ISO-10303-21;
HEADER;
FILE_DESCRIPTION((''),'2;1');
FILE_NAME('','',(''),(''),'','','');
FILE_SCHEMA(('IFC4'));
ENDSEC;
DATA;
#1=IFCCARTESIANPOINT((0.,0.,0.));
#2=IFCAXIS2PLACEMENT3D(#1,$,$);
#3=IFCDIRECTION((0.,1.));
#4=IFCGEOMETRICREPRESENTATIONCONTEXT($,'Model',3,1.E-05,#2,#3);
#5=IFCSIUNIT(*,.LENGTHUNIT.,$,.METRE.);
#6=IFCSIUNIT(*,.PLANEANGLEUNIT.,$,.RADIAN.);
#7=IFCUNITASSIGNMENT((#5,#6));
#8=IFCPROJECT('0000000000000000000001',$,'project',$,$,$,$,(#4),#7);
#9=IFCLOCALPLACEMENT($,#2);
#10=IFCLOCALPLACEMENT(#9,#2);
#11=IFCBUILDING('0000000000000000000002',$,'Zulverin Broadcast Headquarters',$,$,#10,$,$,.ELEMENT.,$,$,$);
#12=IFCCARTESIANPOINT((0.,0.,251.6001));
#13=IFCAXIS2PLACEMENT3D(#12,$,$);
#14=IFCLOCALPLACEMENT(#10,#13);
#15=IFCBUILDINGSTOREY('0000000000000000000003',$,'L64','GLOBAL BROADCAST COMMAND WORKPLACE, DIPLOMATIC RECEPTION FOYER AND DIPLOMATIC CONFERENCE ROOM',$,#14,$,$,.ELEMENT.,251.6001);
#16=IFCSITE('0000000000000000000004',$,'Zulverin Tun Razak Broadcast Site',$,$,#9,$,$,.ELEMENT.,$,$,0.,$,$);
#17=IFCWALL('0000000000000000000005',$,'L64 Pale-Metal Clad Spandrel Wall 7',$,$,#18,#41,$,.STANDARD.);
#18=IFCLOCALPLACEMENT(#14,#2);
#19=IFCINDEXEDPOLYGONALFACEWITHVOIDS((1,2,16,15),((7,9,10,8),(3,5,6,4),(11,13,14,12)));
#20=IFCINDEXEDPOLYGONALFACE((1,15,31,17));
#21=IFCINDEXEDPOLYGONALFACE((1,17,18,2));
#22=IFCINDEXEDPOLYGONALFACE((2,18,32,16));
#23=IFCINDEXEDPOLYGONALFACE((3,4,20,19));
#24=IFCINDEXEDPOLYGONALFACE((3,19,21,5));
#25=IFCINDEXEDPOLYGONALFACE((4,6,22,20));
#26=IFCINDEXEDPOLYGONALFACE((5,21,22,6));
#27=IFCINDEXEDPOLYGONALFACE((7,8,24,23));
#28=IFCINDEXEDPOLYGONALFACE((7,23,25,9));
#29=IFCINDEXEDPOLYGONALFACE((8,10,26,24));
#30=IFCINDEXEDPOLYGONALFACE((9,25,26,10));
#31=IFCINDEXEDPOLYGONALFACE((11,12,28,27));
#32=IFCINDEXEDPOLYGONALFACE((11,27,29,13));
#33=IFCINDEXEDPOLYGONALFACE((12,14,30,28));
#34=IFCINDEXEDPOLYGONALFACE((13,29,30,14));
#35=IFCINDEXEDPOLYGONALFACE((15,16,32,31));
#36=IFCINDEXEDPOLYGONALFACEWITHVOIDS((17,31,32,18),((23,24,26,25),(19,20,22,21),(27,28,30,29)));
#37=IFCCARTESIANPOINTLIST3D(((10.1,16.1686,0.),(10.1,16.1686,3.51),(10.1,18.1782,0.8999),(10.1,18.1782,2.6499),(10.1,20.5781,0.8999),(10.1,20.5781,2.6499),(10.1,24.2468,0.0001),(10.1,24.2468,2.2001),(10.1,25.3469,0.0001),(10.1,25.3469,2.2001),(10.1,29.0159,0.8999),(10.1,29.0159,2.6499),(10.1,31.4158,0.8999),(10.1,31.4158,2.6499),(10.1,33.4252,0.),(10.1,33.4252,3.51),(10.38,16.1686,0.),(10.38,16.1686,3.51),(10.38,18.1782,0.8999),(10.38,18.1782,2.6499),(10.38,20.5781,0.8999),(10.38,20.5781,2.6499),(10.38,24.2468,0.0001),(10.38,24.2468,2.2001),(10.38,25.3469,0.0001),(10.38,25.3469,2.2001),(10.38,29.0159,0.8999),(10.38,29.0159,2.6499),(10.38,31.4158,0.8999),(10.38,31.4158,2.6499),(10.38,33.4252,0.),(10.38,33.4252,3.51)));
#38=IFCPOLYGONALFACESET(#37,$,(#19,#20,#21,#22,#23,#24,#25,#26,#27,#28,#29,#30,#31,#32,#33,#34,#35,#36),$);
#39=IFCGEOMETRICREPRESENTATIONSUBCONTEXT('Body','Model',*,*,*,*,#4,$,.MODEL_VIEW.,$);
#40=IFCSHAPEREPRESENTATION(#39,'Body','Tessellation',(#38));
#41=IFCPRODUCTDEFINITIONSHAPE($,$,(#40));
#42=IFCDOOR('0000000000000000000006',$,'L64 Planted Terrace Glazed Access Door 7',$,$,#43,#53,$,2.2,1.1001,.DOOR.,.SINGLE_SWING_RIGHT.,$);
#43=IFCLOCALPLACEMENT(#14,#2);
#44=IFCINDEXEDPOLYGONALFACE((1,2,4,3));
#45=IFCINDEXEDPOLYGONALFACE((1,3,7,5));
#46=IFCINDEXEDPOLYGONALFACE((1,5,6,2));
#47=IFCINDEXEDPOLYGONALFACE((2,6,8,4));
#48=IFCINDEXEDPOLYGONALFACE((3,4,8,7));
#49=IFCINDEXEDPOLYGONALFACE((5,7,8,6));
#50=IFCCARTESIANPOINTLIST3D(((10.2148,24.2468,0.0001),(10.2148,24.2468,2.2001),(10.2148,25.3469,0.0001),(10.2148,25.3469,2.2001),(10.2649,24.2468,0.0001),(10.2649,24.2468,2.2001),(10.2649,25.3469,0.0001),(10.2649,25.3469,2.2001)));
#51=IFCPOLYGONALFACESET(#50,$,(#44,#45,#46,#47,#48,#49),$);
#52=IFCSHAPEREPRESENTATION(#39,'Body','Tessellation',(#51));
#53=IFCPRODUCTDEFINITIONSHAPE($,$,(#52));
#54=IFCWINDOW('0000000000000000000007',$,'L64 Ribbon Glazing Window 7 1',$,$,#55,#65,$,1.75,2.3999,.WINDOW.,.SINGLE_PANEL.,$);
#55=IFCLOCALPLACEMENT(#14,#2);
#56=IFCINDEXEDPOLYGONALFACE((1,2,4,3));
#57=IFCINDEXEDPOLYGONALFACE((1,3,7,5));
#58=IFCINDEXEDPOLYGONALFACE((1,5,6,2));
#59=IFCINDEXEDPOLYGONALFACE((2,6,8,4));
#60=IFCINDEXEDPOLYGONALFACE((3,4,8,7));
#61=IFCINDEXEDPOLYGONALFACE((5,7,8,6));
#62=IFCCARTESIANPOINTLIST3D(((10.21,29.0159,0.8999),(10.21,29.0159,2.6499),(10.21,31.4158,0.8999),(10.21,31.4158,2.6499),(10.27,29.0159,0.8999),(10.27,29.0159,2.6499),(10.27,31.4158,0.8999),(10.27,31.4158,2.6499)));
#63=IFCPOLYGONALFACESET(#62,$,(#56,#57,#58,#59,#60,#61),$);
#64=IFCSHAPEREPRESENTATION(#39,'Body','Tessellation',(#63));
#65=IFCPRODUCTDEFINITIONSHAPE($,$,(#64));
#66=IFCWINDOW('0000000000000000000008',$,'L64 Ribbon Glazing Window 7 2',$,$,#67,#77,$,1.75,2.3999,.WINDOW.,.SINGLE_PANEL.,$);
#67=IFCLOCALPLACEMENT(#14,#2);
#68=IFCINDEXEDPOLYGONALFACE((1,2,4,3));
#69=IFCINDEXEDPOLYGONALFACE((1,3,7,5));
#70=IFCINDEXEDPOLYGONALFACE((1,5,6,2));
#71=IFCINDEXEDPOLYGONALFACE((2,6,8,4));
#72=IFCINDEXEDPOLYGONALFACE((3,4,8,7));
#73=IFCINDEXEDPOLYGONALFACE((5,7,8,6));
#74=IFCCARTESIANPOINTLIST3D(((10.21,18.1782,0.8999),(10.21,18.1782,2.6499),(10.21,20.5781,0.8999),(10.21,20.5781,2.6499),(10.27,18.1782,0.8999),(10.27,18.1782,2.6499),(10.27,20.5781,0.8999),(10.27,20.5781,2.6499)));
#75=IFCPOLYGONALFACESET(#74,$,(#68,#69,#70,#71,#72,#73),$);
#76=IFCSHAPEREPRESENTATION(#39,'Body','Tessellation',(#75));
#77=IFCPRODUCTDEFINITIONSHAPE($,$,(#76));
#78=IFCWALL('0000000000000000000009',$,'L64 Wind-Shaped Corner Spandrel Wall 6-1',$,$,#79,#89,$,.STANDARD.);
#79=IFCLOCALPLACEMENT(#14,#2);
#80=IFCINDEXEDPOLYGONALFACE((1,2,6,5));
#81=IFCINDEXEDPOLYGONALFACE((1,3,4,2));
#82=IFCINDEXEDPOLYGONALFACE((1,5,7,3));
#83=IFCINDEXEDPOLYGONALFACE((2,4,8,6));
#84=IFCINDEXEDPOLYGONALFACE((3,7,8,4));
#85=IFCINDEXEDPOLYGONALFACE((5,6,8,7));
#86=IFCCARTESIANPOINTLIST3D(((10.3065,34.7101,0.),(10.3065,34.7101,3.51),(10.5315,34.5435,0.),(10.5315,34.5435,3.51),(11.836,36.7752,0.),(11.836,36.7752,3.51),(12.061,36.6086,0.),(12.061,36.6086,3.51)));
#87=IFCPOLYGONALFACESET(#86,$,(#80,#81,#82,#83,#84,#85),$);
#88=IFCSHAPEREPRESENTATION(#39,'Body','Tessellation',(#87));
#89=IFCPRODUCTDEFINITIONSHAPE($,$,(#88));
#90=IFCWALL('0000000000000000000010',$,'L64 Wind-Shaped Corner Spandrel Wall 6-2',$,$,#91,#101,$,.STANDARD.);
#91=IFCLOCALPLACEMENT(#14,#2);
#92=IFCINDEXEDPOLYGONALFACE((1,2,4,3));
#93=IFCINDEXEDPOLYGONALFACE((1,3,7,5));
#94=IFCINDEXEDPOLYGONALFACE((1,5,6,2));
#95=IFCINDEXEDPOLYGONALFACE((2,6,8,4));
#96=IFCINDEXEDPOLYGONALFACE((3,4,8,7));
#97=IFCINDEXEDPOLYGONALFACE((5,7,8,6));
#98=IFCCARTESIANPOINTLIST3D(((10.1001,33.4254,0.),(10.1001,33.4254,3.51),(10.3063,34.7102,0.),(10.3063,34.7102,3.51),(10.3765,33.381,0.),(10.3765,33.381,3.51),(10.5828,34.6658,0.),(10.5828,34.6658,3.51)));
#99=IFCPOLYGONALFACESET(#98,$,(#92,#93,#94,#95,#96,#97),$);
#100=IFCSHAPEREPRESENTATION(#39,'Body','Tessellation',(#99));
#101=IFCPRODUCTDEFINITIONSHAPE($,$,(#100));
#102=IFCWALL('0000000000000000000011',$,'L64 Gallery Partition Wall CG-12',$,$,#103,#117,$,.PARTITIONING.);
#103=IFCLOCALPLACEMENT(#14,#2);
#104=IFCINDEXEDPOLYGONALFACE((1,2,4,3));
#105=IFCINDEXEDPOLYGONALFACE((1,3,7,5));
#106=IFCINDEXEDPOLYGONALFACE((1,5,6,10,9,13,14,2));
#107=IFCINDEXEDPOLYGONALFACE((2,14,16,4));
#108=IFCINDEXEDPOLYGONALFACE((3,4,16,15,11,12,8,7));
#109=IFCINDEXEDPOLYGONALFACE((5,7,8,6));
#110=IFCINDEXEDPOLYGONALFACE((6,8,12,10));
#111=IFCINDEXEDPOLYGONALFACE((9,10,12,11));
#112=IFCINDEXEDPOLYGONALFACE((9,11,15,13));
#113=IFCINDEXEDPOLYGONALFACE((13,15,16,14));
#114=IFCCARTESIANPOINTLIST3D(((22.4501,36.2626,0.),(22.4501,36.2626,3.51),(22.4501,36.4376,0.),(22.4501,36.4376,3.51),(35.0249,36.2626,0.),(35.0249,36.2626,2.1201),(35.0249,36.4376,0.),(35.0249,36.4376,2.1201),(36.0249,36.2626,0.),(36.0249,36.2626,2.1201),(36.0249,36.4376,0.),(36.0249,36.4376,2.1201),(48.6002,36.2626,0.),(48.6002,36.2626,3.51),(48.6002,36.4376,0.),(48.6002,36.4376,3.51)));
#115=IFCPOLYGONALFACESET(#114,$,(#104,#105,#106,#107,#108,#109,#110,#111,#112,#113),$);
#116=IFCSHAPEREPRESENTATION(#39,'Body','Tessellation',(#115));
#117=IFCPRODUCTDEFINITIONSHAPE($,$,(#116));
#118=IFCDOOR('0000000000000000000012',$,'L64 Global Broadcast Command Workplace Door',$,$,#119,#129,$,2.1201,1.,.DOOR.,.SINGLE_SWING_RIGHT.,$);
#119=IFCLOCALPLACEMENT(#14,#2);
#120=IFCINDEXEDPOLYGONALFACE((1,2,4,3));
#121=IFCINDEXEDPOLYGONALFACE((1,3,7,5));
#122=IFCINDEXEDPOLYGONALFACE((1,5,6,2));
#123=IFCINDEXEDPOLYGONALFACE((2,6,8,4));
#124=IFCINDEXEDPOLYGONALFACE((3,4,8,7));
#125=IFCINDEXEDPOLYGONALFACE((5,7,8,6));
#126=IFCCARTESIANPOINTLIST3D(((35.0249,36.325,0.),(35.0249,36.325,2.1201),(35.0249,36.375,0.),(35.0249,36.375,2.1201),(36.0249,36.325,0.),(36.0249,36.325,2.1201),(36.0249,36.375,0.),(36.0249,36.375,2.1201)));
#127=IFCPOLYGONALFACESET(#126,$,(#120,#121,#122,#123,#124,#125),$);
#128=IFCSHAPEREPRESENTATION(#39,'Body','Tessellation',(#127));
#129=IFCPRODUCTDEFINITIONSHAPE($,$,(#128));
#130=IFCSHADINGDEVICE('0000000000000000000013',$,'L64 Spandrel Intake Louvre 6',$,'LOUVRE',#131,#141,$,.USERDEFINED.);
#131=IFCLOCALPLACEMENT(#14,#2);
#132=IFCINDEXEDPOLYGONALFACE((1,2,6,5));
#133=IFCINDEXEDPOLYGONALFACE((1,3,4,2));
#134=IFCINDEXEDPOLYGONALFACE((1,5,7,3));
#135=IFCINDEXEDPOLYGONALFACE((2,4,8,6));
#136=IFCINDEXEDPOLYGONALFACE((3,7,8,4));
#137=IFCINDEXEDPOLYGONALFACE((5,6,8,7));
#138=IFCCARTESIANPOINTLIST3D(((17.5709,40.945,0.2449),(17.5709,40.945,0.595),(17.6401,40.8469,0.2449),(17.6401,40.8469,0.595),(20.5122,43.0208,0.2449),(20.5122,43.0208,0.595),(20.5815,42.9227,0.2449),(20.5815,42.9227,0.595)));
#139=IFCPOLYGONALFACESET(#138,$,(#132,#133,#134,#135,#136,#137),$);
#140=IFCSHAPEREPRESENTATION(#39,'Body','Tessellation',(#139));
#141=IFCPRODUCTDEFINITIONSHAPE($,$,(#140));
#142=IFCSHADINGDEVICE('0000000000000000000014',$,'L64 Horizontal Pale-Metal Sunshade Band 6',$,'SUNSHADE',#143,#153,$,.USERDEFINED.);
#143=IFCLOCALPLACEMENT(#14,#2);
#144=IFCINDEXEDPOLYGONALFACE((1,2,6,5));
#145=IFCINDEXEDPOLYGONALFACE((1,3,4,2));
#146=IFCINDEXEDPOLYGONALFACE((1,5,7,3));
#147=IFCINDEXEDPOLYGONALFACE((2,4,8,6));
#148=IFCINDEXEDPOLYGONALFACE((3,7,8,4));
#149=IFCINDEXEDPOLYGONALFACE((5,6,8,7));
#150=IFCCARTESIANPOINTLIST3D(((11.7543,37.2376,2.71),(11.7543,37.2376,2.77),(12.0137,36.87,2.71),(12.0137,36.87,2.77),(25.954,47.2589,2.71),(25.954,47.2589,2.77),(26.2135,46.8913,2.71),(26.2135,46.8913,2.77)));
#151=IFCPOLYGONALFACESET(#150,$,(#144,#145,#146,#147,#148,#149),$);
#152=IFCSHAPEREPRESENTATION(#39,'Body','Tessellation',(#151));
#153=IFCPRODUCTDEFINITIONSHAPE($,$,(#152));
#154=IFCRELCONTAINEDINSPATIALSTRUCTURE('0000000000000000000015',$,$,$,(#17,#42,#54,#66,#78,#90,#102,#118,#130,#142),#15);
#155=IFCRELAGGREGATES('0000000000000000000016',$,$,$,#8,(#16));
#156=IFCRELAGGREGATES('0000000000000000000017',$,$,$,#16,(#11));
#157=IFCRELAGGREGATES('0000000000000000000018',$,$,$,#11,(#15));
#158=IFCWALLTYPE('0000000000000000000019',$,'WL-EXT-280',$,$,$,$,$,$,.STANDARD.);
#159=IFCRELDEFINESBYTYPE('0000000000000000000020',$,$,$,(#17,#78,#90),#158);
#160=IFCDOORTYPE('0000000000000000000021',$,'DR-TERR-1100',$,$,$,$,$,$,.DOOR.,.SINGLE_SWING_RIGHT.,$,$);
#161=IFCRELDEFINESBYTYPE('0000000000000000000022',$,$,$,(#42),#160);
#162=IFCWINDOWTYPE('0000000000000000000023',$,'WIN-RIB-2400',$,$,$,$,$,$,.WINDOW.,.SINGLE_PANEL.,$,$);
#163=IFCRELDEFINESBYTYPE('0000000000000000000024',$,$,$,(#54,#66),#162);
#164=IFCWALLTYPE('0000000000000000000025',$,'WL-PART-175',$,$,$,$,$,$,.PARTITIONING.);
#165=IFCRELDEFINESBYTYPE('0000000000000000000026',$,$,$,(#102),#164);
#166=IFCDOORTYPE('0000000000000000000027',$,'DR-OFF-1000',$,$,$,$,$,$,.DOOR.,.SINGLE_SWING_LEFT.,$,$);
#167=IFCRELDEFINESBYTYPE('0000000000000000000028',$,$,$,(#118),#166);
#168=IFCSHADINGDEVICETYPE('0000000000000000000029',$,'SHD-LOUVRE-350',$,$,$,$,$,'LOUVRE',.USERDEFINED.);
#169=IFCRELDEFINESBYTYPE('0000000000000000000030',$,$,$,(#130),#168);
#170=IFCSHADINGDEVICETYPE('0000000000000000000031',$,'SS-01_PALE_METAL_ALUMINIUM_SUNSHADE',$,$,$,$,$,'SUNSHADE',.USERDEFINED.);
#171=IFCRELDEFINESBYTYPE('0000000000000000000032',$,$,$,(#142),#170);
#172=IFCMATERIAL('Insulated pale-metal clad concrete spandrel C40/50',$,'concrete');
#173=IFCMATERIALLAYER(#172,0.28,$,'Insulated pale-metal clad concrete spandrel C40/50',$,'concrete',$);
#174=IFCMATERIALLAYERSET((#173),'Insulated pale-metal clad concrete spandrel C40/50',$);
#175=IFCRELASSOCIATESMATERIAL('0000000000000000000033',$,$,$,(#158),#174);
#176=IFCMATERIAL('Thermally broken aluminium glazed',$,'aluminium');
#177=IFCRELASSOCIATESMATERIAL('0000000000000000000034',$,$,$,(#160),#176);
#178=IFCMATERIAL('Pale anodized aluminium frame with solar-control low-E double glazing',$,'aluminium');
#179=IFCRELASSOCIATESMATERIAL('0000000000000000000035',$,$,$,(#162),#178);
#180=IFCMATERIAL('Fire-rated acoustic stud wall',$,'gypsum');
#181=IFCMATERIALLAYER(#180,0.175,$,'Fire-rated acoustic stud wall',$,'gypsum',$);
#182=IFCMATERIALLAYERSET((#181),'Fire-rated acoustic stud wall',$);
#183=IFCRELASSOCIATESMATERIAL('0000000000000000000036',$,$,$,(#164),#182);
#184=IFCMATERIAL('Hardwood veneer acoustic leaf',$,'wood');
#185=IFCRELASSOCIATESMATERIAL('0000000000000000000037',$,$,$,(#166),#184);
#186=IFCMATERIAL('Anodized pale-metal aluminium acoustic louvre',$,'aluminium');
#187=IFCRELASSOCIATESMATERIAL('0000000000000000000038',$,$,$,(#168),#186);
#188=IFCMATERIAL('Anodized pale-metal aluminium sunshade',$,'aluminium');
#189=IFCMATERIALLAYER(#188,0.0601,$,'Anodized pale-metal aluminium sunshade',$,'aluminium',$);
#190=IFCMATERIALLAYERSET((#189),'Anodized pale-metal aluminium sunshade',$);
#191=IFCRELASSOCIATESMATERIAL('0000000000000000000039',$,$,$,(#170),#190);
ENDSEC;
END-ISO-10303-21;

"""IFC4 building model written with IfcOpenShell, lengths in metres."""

from ifc_helpers import new_model, si_unit, direction, frame, frame_2d, origin, origin_2d, place, context, subcontext, project, spatial, rectangle, extrude, material, layer, layer_set, type_object, element, fill, save


model = new_model("IFC4")

# Units and contexts
model_context = context("Model", 3, precision=1e-05, world=origin(), true_north=direction((0.0, 1.0)))
body_context = subcontext(model_context, "Body", "Model", "MODEL_VIEW")
ifc_project = project(units=[si_unit("LENGTHUNIT", "METRE"), si_unit("PLANEANGLEUNIT", "RADIAN")], contexts=[model_context])

# Site, building, storey
site_placement = place(None, origin())
site = spatial("IfcSite", under=ifc_project, at=site_placement, Name="Zulverin Tun Razak Broadcast Site", CompositionType="ELEMENT", RefElevation=0.0)
building_placement = place(site_placement, origin())
building = spatial("IfcBuilding", under=site, at=building_placement, Name="Zulverin Broadcast Headquarters", CompositionType="ELEMENT")
storey_placement = place(building_placement, frame((0.0, 0.0, 251.6001)))
storey = spatial("IfcBuildingStorey", under=building, at=storey_placement, Name="L64", Description="GLOBAL BROADCAST COMMAND WORKPLACE, DIPLOMATIC RECEPTION FOYER AND DIPLOMATIC CONFERENCE ROOM", CompositionType="ELEMENT", Elevation=251.6001)

# Wall, openings, door, windows
ifc_material_1 = material(Name="Insulated pale-metal clad concrete spandrel C40/50", Category="concrete")
ifc_layer_1 = layer(ifc_material_1, 0.28, Name="Insulated pale-metal clad concrete spandrel C40/50", Category="concrete")
ifc_layer_set_1 = layer_set([ifc_layer_1], Name="Insulated pale-metal clad concrete spandrel C40/50")
wall_type_1 = type_object("IfcWallType", Name="WL-EXT-280", PredefinedType="STANDARD", material=ifc_layer_set_1)
wall_1_placement = place(storey_placement, frame((10.24, 33.4253, 0.0), z_axis=(0.0, 0.0, 1.0), x_axis=(0.0, -1.0, 0.0)))
wall_1 = element("IfcWall", 1, at=wall_1_placement, inside=storey, type_object=wall_type_1, Name="L64 Pale-Metal Clad Spandrel Wall 7", PredefinedType="STANDARD", context=body_context, shape_type="SweptSolid", body=[
    extrude(rectangle(XDim=17.2566, YDim=0.28, at=frame_2d((8.6284, 0.0))), origin(), (0.0, 0.0, 1.0), 3.51),
])
opening_1_placement = place(wall_1_placement, frame((8.0784, 0.0, 0.0)))
opening_1 = element("IfcOpeningElement", 2, at=opening_1_placement, cuts=wall_1, PredefinedType="OPENING", context=body_context, shape_type="SweptSolid", body=[
    extrude(rectangle(XDim=1.1001, YDim=2.2, at=frame_2d((0.55, 1.1001))), frame((0.0, 0.1499, 0.0), z_axis=(0.0, -1.0, 0.0), x_axis=(1.0, 0.0, 0.0)), (0.0, 0.0, 1.0), 0.3),
])
opening_2_placement = place(wall_1_placement, frame((2.0095, 0.0, 0.8999)))
opening_2 = element("IfcOpeningElement", 3, at=opening_2_placement, cuts=wall_1, PredefinedType="OPENING", context=body_context, shape_type="SweptSolid", body=[
    extrude(rectangle(XDim=2.3999, YDim=1.75, at=frame_2d((1.2, 0.875))), frame((0.0, 0.1499, 0.0), z_axis=(0.0, -1.0, 0.0), x_axis=(1.0, 0.0, 0.0)), (0.0, 0.0, 1.0), 0.3),
])
opening_3_placement = place(wall_1_placement, frame((12.8472, 0.0, 0.8999)))
opening_3 = element("IfcOpeningElement", 4, at=opening_3_placement, cuts=wall_1, PredefinedType="OPENING", context=body_context, shape_type="SweptSolid", body=[
    extrude(rectangle(XDim=2.3999, YDim=1.75, at=frame_2d((1.2, 0.875))), frame((0.0, 0.1499, 0.0), z_axis=(0.0, -1.0, 0.0), x_axis=(1.0, 0.0, 0.0)), (0.0, 0.0, 1.0), 0.3),
])
ifc_material_2 = material(Name="Thermally broken aluminium glazed", Category="aluminium")
door_type_1 = type_object("IfcDoorType", Name="DR-TERR-1100", OperationType="SINGLE_SWING_RIGHT", PredefinedType="DOOR", material=ifc_material_2)
door_1_placement = place(opening_1_placement, origin())
door_1 = element("IfcDoor", 5, at=door_1_placement, inside=storey, type_object=door_type_1, Name="L64 Planted Terrace Glazed Access Door 7", OperationType="SINGLE_SWING_RIGHT", OverallHeight=2.2, OverallWidth=1.1001, PredefinedType="DOOR", context=body_context, shape_type="SweptSolid", body=[
    extrude(rectangle(XDim=1.1001, YDim=2.2, at=frame_2d((0.55, 1.1001))), frame((0.0, 0.0249, 0.0), z_axis=(0.0, -1.0, 0.0), x_axis=(1.0, 0.0, 0.0)), (0.0, 0.0, 1.0), 0.05),
])
fill(opening_1, door_1)
ifc_material_3 = material(Name="Pale anodized aluminium frame with solar-control low-E double glazing", Category="aluminium")
window_type = type_object("IfcWindowType", Name="WIN-RIB-2400", PartitioningType="SINGLE_PANEL", PredefinedType="WINDOW", material=ifc_material_3)
window_1_placement = place(opening_2_placement, origin())
window_1 = element("IfcWindow", 6, at=window_1_placement, inside=storey, type_object=window_type, Name="L64 Ribbon Glazing Window 7 1", OverallHeight=1.75, OverallWidth=2.3999, PartitioningType="SINGLE_PANEL", PredefinedType="WINDOW", context=body_context, shape_type="SweptSolid", body=[
    extrude(rectangle(XDim=2.3999, YDim=1.75, at=frame_2d((1.2, 0.875))), frame((0.0, 0.03, 0.0), z_axis=(0.0, -1.0, 0.0), x_axis=(1.0, 0.0, 0.0)), (0.0, 0.0, 1.0), 0.0601),
])
fill(opening_2, window_1)
window_2_placement = place(opening_3_placement, origin())
window_2 = element("IfcWindow", 7, at=window_2_placement, inside=storey, type_object=window_type, Name="L64 Ribbon Glazing Window 7 2", OverallHeight=1.75, OverallWidth=2.3999, PartitioningType="SINGLE_PANEL", PredefinedType="WINDOW", context=body_context, shape_type="SweptSolid", body=[
    extrude(rectangle(XDim=2.3999, YDim=1.75, at=frame_2d((1.2, 0.875))), frame((0.0, 0.03, 0.0), z_axis=(0.0, -1.0, 0.0), x_axis=(1.0, 0.0, 0.0)), (0.0, 0.0, 1.0), 0.0601),
])
fill(opening_3, window_2)

# Walls
wall_2_placement = place(storey_placement, frame((11.9485, 36.6919, 0.0), z_axis=(0.0, 0.0, 1.0), x_axis=(-0.595171, -0.803599, 0.0)))
element("IfcWall", 8, at=wall_2_placement, inside=storey, type_object=wall_type_1, Name="L64 Wind-Shaped Corner Spandrel Wall 6-1", PredefinedType="STANDARD", context=body_context, shape_type="SweptSolid", body=[
    extrude(rectangle(XDim=2.5698, YDim=0.28, at=frame_2d((1.2849, 0.0))), origin(), (0.0, 0.0, 1.0), 3.51),
])
wall_3_placement = place(storey_placement, frame((10.4446, 34.688, 0.0), z_axis=(0.0, 0.0, 1.0), x_axis=(-0.158525, -0.987355, 0.0)))
element("IfcWall", 9, at=wall_3_placement, inside=storey, type_object=wall_type_1, Name="L64 Wind-Shaped Corner Spandrel Wall 6-2", PredefinedType="STANDARD", context=body_context, shape_type="SweptSolid", body=[
    extrude(rectangle(XDim=1.3013, YDim=0.28, at=frame_2d((0.6506, 0.0))), origin(), (0.0, 0.0, 1.0), 3.51),
])

# Wall, opening, door
ifc_material_4 = material(Name="Fire-rated acoustic stud wall", Category="gypsum")
ifc_layer_2 = layer(ifc_material_4, 0.175, Name="Fire-rated acoustic stud wall", Category="gypsum")
ifc_layer_set_2 = layer_set([ifc_layer_2], Name="Fire-rated acoustic stud wall")
wall_type_2 = type_object("IfcWallType", Name="WL-PART-175", PredefinedType="PARTITIONING", material=ifc_layer_set_2)
wall_4_placement = place(storey_placement, frame((22.45, 36.3501, 0.0), z_axis=(0.0, 0.0, 1.0), x_axis=(1.0, 0.0, 0.0)))
wall_4 = element("IfcWall", 10, at=wall_4_placement, inside=storey, type_object=wall_type_2, Name="L64 Gallery Partition Wall CG-12", PredefinedType="PARTITIONING", context=body_context, shape_type="SweptSolid", body=[
    extrude(rectangle(XDim=26.1501, YDim=0.175, at=frame_2d((13.0752, 0.0))), origin(), (0.0, 0.0, 1.0), 3.51),
])
opening_4_placement = place(wall_4_placement, frame((12.575, 0.0, 0.0)))
opening_4 = element("IfcOpeningElement", 11, at=opening_4_placement, cuts=wall_4, PredefinedType="OPENING", context=body_context, shape_type="SweptSolid", body=[
    extrude(rectangle(XDim=1.0, YDim=2.1201, at=frame_2d((0.5, 1.0601))), frame((0.0, 0.0974, 0.0), z_axis=(0.0, -1.0, 0.0), x_axis=(1.0, 0.0, 0.0)), (0.0, 0.0, 1.0), 0.1951),
])
ifc_material_5 = material(Name="Hardwood veneer acoustic leaf", Category="wood")
door_type_2 = type_object("IfcDoorType", Name="DR-OFF-1000", OperationType="SINGLE_SWING_LEFT", PredefinedType="DOOR", material=ifc_material_5)
door_2_placement = place(opening_4_placement, origin())
door_2 = element("IfcDoor", 12, at=door_2_placement, inside=storey, type_object=door_type_2, Name="L64 Global Broadcast Command Workplace Door", OperationType="SINGLE_SWING_RIGHT", OverallHeight=2.1201, OverallWidth=1.0, PredefinedType="DOOR", context=body_context, shape_type="SweptSolid", body=[
    extrude(rectangle(XDim=1.0, YDim=2.1201, at=frame_2d((0.5, 1.0601))), frame((0.0, 0.0249, 0.0), z_axis=(0.0, -1.0, 0.0), x_axis=(1.0, 0.0, 0.0)), (0.0, 0.0, 1.0), 0.05),
])
fill(opening_4, door_2)

# Shading devices
ifc_material_6 = material(Name="Anodized pale-metal aluminium acoustic louvre", Category="aluminium")
shading_device_type_1 = type_object("IfcShadingDeviceType", Name="SHD-LOUVRE-350", ElementType="LOUVRE", PredefinedType="USERDEFINED", material=ifc_material_6)
shading_device_1_placement = place(storey_placement, frame((19.0762, 41.9338, 0.2449), z_axis=(0.0, 0.0, 1.0), x_axis=(-0.817023, -0.576605, 0.0)))
element("IfcShadingDevice", 13, at=shading_device_1_placement, inside=storey, type_object=shading_device_type_1, Name="L64 Spandrel Intake Louvre 6", ObjectType="LOUVRE", PredefinedType="USERDEFINED", context=body_context, shape_type="SweptSolid", body=[
    extrude(rectangle(XDim=3.6001, YDim=0.1201, at=origin_2d()), origin(), (0.0, 0.0, 1.0), 0.3501),
])
ifc_material_7 = material(Name="Anodized pale-metal aluminium sunshade", Category="aluminium")
ifc_layer_3 = layer(ifc_material_7, 0.0601, Name="Anodized pale-metal aluminium sunshade", Category="aluminium")
ifc_layer_set_3 = layer_set([ifc_layer_3], Name="Anodized pale-metal aluminium sunshade")
shading_device_type_2 = type_object("IfcShadingDeviceType", Name="SS-01_PALE_METAL_ALUMINIUM_SUNSHADE", ElementType="SUNSHADE", PredefinedType="USERDEFINED", material=ifc_layer_set_3)
shading_device_2_placement = place(storey_placement, frame((18.9839, 42.0645, 2.71), z_axis=(0.0, 0.0, 1.0), x_axis=(-0.817023, -0.576605, 0.0)))
element("IfcShadingDevice", 14, at=shading_device_2_placement, inside=storey, type_object=shading_device_type_2, Name="L64 Horizontal Pale-Metal Sunshade Band 6", ObjectType="SUNSHADE", PredefinedType="USERDEFINED", context=body_context, shape_type="SweptSolid", body=[
    extrude(rectangle(XDim=17.3799, YDim=0.45, at=origin_2d()), origin(), (0.0, 0.0, 1.0), 0.0601),
])

save(model, "model.ifc")
